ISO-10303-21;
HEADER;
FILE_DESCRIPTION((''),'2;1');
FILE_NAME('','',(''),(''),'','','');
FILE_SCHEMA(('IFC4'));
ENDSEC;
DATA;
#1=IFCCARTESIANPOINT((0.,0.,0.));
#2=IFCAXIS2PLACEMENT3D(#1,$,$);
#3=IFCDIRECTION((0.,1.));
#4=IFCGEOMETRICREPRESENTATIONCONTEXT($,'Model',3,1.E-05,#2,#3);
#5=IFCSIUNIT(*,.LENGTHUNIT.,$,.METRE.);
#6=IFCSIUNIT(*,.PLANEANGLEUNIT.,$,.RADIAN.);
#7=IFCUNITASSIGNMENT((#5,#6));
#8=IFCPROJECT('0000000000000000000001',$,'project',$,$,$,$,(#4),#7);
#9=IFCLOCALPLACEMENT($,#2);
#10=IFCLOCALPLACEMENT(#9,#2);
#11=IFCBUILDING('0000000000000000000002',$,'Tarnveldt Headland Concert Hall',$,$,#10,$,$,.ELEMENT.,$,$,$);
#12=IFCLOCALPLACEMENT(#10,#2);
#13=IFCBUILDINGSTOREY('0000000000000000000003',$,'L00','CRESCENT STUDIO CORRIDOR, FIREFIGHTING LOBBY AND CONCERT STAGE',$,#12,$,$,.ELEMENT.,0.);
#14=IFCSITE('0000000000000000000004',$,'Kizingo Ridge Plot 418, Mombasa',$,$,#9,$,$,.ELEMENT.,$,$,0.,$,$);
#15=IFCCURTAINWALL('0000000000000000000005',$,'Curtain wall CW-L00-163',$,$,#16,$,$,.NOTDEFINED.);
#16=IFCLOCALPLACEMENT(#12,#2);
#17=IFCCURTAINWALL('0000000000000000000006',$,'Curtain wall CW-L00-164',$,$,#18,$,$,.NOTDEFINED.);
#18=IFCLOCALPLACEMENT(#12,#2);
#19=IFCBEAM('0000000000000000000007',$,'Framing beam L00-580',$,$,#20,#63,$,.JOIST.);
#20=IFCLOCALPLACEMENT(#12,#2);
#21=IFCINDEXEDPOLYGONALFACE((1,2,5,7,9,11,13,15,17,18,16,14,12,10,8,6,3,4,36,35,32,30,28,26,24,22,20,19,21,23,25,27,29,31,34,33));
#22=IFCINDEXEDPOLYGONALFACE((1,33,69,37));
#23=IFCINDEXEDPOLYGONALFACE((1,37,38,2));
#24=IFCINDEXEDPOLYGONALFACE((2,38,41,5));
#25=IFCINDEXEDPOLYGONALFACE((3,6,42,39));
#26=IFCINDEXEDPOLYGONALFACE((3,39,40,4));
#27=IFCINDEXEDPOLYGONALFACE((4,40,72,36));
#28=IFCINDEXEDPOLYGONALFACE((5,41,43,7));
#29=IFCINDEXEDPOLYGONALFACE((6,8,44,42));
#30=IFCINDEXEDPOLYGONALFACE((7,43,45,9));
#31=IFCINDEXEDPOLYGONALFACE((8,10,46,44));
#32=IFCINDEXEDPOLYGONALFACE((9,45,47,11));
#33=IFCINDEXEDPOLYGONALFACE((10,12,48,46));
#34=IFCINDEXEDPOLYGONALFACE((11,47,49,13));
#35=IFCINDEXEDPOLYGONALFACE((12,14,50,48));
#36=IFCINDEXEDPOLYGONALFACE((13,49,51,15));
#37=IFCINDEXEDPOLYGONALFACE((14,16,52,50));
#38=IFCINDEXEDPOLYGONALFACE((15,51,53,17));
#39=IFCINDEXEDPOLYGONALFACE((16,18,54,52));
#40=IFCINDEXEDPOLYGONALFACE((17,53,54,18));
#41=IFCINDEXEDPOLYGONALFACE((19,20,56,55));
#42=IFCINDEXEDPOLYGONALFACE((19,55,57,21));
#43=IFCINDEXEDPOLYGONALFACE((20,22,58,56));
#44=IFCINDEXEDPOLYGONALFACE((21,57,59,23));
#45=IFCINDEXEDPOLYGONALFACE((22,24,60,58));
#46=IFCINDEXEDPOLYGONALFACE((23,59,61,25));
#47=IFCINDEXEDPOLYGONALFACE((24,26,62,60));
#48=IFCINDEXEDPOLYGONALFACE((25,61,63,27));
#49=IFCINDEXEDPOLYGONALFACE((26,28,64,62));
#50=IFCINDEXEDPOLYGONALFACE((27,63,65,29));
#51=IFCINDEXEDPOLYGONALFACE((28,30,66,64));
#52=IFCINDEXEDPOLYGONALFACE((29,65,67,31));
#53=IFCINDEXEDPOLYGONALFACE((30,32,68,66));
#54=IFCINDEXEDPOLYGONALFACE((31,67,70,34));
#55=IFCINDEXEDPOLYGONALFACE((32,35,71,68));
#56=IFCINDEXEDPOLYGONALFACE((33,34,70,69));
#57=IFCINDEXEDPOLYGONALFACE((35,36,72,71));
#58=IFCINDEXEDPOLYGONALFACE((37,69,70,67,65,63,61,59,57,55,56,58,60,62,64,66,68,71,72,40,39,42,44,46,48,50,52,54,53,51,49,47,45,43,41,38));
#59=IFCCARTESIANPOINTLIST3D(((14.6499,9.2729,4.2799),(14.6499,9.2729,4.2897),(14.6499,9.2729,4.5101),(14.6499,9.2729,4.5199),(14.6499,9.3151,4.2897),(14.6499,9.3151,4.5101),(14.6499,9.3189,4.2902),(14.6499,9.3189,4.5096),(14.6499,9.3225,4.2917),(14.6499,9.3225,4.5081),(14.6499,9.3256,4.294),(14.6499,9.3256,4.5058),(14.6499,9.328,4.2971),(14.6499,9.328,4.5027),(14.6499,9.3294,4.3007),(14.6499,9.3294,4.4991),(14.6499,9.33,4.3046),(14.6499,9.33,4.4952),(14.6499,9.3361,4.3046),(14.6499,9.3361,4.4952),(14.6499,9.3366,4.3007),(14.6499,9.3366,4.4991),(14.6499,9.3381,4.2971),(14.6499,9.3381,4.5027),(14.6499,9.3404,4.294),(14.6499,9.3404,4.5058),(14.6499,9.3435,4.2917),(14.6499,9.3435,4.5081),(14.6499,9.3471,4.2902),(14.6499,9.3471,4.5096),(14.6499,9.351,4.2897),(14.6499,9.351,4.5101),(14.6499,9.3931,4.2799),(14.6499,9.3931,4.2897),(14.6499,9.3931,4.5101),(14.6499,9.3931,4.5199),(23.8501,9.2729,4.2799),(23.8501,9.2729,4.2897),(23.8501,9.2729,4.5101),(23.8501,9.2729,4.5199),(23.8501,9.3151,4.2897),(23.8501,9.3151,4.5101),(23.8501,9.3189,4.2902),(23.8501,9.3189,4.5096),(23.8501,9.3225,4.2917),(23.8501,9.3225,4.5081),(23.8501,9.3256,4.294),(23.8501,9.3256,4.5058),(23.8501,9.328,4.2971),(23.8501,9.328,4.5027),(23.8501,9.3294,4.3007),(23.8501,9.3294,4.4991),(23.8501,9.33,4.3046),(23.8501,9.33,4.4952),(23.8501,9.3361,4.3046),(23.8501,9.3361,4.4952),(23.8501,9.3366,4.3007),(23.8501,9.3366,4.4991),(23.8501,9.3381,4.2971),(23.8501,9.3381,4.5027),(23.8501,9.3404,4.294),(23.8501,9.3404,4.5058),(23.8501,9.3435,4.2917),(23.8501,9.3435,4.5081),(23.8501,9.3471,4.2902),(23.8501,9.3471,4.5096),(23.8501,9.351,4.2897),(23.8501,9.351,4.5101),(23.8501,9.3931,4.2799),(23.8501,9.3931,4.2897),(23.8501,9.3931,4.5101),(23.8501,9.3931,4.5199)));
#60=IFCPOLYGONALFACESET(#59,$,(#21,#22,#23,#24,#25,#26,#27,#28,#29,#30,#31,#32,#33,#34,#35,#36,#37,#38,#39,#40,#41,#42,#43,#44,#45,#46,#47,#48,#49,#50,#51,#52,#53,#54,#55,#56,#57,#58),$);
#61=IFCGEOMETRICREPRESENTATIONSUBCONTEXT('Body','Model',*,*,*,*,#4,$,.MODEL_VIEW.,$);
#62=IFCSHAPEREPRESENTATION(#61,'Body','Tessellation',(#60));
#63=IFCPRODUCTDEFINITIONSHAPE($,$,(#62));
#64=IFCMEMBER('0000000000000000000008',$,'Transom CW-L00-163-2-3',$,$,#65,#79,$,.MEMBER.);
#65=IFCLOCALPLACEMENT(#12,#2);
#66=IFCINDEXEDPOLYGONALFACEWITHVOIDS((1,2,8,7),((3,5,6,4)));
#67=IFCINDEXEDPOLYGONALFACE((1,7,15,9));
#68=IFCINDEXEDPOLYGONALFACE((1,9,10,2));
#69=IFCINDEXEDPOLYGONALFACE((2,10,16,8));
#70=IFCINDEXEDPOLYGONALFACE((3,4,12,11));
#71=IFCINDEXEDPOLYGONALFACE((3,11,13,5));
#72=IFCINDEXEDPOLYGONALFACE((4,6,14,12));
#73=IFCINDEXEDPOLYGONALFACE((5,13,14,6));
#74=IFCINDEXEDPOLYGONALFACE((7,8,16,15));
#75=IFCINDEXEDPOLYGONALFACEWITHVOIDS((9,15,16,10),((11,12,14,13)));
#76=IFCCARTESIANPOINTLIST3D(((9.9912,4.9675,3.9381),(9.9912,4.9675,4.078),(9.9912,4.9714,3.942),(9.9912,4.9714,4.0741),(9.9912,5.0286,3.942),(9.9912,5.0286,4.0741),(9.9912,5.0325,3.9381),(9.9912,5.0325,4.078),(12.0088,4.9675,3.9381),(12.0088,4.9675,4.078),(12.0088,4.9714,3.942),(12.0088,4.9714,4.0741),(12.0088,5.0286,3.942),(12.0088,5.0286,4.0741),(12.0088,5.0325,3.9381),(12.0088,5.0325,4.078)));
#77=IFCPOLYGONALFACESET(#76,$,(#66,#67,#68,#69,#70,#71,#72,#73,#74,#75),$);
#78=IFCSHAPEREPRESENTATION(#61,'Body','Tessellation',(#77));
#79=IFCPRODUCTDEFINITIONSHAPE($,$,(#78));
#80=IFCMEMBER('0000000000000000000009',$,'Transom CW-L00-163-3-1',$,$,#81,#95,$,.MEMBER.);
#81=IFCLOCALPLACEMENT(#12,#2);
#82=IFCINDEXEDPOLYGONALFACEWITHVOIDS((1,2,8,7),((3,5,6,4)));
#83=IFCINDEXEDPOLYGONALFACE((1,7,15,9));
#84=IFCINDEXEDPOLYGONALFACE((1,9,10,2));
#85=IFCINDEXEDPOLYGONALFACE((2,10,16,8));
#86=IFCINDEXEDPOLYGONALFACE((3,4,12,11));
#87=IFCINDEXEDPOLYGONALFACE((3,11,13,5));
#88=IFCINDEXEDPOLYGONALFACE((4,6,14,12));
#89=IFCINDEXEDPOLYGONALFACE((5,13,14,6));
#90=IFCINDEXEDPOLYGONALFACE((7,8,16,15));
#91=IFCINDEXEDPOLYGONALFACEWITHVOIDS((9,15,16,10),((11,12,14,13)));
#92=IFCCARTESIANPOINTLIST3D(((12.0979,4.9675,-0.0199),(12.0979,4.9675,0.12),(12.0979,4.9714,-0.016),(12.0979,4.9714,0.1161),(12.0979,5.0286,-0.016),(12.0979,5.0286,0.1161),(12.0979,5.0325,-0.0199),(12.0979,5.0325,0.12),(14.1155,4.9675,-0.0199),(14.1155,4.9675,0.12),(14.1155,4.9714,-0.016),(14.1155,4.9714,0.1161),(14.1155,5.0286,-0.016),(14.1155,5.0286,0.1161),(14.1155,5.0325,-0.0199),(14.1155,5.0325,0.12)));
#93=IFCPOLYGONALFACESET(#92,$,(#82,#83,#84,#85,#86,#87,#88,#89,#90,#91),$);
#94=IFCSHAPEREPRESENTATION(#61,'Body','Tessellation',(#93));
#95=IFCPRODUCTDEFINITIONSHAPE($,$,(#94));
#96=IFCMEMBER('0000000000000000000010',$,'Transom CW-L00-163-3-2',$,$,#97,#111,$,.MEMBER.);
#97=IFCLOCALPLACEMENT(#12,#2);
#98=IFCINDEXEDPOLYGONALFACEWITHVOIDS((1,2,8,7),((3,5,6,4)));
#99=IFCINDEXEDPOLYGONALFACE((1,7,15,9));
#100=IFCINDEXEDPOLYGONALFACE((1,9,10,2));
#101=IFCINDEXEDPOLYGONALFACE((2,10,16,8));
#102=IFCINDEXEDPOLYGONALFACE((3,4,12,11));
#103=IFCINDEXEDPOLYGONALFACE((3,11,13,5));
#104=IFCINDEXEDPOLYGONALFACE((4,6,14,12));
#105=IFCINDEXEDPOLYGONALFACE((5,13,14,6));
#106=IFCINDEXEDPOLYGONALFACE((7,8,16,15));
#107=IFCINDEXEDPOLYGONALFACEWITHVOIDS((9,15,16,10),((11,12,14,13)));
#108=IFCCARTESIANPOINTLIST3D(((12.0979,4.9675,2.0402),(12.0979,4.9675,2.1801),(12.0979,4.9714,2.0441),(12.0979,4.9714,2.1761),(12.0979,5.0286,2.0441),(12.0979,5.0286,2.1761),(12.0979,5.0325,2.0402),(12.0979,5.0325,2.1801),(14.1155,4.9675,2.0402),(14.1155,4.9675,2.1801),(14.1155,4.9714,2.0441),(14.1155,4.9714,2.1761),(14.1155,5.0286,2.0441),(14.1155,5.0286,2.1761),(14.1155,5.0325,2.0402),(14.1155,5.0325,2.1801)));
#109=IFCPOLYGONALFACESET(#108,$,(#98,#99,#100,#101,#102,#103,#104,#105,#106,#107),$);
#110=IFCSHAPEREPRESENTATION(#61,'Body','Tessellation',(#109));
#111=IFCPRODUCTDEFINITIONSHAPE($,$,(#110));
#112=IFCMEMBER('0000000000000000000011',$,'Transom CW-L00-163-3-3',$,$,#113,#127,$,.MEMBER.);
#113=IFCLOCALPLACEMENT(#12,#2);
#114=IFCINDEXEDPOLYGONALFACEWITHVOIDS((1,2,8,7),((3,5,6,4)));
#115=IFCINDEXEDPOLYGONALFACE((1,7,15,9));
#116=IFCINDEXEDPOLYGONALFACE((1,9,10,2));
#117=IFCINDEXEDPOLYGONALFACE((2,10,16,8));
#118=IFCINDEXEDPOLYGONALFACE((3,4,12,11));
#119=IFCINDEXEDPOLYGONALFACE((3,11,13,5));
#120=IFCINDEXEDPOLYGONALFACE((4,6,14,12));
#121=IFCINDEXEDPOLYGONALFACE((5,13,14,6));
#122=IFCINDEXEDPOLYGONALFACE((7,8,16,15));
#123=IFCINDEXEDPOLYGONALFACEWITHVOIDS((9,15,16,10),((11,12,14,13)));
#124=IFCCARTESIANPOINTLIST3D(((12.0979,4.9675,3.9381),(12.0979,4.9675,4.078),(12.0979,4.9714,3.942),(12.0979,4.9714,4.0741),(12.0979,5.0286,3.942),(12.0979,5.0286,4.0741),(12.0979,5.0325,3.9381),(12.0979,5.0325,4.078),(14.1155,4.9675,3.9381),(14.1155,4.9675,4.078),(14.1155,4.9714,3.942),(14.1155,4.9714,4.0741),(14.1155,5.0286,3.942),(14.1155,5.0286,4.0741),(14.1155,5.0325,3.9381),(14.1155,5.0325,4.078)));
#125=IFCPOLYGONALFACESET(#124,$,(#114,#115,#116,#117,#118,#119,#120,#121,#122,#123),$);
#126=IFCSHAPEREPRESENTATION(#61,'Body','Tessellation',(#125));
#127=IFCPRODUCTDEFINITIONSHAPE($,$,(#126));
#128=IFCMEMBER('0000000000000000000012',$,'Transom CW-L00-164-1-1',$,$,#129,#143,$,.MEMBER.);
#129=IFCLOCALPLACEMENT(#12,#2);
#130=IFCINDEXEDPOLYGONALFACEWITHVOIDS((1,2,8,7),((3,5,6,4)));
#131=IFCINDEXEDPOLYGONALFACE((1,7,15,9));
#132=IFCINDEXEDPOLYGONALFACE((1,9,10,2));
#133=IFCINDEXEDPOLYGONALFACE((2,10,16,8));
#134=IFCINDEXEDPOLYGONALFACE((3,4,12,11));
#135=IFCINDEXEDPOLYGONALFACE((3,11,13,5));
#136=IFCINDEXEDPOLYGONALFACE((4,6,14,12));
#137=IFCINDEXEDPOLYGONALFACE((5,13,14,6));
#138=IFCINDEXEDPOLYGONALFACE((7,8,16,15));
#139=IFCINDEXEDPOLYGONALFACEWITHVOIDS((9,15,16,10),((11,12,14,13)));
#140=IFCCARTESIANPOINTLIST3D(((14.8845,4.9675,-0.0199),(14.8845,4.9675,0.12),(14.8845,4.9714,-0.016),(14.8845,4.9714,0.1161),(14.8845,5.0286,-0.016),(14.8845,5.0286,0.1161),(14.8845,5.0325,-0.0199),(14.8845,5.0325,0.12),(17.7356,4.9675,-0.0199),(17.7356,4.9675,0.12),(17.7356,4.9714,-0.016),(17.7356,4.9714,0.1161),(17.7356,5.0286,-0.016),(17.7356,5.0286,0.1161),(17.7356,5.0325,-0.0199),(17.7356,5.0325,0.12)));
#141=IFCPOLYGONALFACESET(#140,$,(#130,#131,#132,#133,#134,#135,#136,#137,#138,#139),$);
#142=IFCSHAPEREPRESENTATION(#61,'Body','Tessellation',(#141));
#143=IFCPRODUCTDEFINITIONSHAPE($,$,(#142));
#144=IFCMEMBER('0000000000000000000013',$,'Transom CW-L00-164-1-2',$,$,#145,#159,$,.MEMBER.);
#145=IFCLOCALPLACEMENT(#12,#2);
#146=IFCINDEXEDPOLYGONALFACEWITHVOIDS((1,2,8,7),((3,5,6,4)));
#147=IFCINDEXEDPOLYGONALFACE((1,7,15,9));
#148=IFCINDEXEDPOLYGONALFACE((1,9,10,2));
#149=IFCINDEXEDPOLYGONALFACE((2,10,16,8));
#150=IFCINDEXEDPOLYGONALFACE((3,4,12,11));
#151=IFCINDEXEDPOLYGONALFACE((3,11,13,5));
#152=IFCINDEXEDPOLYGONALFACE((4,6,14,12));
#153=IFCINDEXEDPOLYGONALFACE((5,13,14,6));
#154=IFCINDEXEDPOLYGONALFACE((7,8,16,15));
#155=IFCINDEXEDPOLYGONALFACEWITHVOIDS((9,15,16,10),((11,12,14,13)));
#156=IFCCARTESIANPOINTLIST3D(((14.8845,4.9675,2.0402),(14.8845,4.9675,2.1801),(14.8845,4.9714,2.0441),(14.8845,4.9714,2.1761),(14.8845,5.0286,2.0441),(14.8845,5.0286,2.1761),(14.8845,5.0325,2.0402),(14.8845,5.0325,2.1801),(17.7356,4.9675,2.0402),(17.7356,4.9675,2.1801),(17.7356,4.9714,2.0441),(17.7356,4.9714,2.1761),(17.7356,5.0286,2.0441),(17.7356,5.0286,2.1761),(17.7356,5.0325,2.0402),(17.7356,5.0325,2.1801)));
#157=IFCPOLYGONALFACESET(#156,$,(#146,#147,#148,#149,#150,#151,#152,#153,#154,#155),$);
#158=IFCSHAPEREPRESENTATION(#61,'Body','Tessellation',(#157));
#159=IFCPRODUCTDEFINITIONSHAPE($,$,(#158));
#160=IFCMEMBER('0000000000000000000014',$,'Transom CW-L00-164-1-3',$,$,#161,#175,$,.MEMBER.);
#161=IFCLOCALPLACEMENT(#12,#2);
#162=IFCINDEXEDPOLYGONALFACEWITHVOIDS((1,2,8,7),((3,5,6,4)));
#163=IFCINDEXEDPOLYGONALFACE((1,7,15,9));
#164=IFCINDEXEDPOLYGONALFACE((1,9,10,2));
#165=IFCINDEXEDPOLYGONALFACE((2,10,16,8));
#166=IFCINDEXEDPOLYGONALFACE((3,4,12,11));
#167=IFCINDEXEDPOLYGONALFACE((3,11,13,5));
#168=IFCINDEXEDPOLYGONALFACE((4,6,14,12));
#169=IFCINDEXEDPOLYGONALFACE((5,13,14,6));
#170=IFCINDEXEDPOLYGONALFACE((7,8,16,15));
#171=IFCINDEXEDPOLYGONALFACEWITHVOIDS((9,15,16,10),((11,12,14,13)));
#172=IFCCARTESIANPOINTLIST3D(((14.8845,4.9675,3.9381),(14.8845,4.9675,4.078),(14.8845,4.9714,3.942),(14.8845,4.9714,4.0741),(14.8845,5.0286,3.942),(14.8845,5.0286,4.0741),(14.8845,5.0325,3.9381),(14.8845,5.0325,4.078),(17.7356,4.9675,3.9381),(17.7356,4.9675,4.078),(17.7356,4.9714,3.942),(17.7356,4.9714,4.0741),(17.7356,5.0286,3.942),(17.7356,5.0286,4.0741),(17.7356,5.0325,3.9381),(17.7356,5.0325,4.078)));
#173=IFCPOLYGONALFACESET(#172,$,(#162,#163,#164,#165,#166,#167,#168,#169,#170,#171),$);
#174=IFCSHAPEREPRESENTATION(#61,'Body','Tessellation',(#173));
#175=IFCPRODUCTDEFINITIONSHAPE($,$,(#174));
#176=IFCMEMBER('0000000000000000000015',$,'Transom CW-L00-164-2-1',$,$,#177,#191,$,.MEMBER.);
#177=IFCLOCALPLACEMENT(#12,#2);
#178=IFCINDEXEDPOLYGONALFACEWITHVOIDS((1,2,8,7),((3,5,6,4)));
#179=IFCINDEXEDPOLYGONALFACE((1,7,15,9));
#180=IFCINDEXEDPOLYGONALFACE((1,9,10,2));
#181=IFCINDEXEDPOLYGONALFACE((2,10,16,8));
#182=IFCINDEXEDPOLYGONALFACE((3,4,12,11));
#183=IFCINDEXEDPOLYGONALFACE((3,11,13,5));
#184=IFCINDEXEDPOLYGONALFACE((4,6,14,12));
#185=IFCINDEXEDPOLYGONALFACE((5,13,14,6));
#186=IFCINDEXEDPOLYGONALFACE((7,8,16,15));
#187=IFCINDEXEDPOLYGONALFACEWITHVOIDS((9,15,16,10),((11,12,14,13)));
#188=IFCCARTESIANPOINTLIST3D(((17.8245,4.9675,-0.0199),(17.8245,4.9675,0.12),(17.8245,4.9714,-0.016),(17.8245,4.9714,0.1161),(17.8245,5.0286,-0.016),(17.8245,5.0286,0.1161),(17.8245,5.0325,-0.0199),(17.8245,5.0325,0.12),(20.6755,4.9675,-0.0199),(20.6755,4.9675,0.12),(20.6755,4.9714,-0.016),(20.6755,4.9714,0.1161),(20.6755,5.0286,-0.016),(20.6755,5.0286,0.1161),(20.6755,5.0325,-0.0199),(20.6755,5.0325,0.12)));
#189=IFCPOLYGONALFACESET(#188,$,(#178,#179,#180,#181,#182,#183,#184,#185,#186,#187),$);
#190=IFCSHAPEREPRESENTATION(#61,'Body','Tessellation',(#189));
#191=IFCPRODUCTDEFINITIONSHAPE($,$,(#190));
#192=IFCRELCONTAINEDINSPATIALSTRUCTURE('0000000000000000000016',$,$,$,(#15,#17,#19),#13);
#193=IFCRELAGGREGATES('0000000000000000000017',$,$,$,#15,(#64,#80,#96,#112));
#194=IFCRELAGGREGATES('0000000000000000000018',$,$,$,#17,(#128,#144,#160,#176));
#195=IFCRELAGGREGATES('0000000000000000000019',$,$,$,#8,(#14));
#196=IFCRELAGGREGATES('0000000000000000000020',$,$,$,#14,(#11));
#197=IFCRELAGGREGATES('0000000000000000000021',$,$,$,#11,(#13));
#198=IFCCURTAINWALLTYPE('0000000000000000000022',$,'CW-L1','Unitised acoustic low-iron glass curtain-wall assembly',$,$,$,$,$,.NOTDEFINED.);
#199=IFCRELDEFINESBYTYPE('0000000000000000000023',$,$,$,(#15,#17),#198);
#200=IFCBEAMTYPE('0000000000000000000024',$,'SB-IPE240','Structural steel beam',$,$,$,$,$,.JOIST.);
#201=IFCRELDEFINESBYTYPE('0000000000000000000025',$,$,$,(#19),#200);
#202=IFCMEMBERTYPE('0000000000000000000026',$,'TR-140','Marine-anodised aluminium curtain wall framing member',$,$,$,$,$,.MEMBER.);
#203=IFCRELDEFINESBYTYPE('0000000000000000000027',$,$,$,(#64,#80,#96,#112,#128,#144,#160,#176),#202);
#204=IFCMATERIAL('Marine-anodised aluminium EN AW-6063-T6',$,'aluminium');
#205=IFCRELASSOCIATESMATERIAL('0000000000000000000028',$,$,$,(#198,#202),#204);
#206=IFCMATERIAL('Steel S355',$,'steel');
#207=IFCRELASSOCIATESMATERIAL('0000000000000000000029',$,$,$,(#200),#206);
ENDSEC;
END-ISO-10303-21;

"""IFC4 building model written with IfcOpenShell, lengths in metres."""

from ifc_helpers import new_model, si_unit, direction, frame, origin, origin_2d, place, context, subcontext, project, spatial, hollow_rectangle, i_section, extrude, material, material_profile, profile_set, type_object, element, aggregate, save


model = new_model("IFC4")

# Units and contexts
model_context = context("Model", 3, precision=1e-05, world=origin(), true_north=direction((0.0, 1.0)))
body_context = subcontext(model_context, "Body", "Model", "MODEL_VIEW")
ifc_project = project(units=[si_unit("LENGTHUNIT", "METRE"), si_unit("PLANEANGLEUNIT", "RADIAN")], contexts=[model_context])

# Site, building, storey
site_placement = place(None, origin())
site = spatial("IfcSite", under=ifc_project, at=site_placement, Name="Kizingo Ridge Plot 418, Mombasa", CompositionType="ELEMENT", RefElevation=0.0)
building_placement = place(site_placement, origin())
building = spatial("IfcBuilding", under=site, at=building_placement, Name="Tarnveldt Headland Concert Hall", CompositionType="ELEMENT")
storey_placement = place(building_placement, origin())
storey = spatial("IfcBuildingStorey", under=building, at=storey_placement, Name="L00", Description="CRESCENT STUDIO CORRIDOR, FIREFIGHTING LOBBY AND CONCERT STAGE", CompositionType="ELEMENT", Elevation=0.0)

# Curtain walls
ifc_material_1 = material(Name="Marine-anodised aluminium EN AW-6063-T6", Category="aluminium")
curtain_wall_type = type_object("IfcCurtainWallType", Name="CW-L1", Description="Unitised acoustic low-iron glass curtain-wall assembly", PredefinedType="NOTDEFINED", material=ifc_material_1)
curtain_wall_1_placement = place(storey_placement, origin())
curtain_wall_1 = element("IfcCurtainWall", 1, at=curtain_wall_1_placement, inside=storey, type_object=curtain_wall_type, Name="Curtain wall CW-L00-163", PredefinedType="NOTDEFINED")
curtain_wall_2_placement = place(storey_placement, origin())
curtain_wall_2 = element("IfcCurtainWall", 2, at=curtain_wall_2_placement, inside=storey, type_object=curtain_wall_type, Name="Curtain wall CW-L00-164", PredefinedType="NOTDEFINED")

# Beam
ifc_material_2 = material(Name="Steel S355", Category="steel")
ifc_material_profile_1 = material_profile(ifc_material_2, i_section(OverallWidth=0.1201, OverallDepth=0.24, WebThickness=0.0061, FlangeThickness=0.0098, FilletRadius=0.0149, at=origin_2d()), Name="IPE240", Category="steel")
ifc_profile_set_1 = profile_set([ifc_material_profile_1], Name="Steel S355")
beam_type_1 = type_object("IfcBeamType", Name="SB-IPE240", Description="Structural steel beam", PredefinedType="JOIST", material=ifc_profile_set_1)
for number, where, z_axis, x_axis, name in (
    (3, (14.6499, 9.333, 4.3999), (1.0, 0.0, 0.0), (0.0, 1.0, 0.0), "Framing beam L00-580"),
):
    element("IfcBeam", number, at=place(storey_placement, frame(where, z_axis=z_axis, x_axis=x_axis)), inside=storey, type_object=beam_type_1, Name=name, PredefinedType="JOIST", context=body_context, shape_type="SweptSolid", body=[
        extrude(i_section(OverallWidth=0.1201, OverallDepth=0.24, WebThickness=0.0061, FlangeThickness=0.0098, FilletRadius=0.0149, at=origin_2d()), origin(), (0.0, 0.0, 1.0), 9.2002),
    ])

# Members
ifc_material_profile_2 = material_profile(ifc_material_1, hollow_rectangle(XDim=0.0649, YDim=0.1399, WallThickness=0.0039, at=origin_2d()), Name="ALU TRANSOM 65x140x4", Category="aluminium")
ifc_profile_set_2 = profile_set([ifc_material_profile_2], Name="Marine-anodised aluminium EN AW-6063-T6")
member_type_1 = type_object("IfcMemberType", Name="TR-140", Description="Marine-anodised aluminium curtain wall framing member", PredefinedType="MEMBER", material=ifc_profile_set_2)
member_1_placement = place(storey_placement, frame((9.9912, 5.0, 4.0081), z_axis=(1.0, 0.0, 0.0), x_axis=(0.0, 1.0, 0.0)))
member_1 = element("IfcMember", 4, at=member_1_placement, type_object=member_type_1, Name="Transom CW-L00-163-2-3", PredefinedType="MEMBER", context=body_context, shape_type="SweptSolid", body=[
    extrude(hollow_rectangle(XDim=0.0649, YDim=0.1399, WallThickness=0.0039, at=origin_2d()), origin(), (0.0, 0.0, 1.0), 2.0176),
])
member_2_placement = place(storey_placement, frame((12.0979, 5.0, 0.05), z_axis=(1.0, 0.0, 0.0), x_axis=(0.0, 1.0, 0.0)))
member_2 = element("IfcMember", 5, at=member_2_placement, type_object=member_type_1, Name="Transom CW-L00-163-3-1", PredefinedType="MEMBER", context=body_context, shape_type="SweptSolid", body=[
    extrude(hollow_rectangle(XDim=0.0649, YDim=0.1399, WallThickness=0.0039, at=origin_2d()), origin(), (0.0, 0.0, 1.0), 2.0176),
])
member_3_placement = place(storey_placement, frame((12.0979, 5.0, 2.1101), z_axis=(1.0, 0.0, 0.0), x_axis=(0.0, 1.0, 0.0)))
member_3 = element("IfcMember", 6, at=member_3_placement, type_object=member_type_1, Name="Transom CW-L00-163-3-2", PredefinedType="MEMBER", context=body_context, shape_type="SweptSolid", body=[
    extrude(hollow_rectangle(XDim=0.0649, YDim=0.1399, WallThickness=0.0039, at=origin_2d()), origin(), (0.0, 0.0, 1.0), 2.0176),
])
member_4_placement = place(storey_placement, frame((12.0979, 5.0, 4.0081), z_axis=(1.0, 0.0, 0.0), x_axis=(0.0, 1.0, 0.0)))
member_4 = element("IfcMember", 7, at=member_4_placement, type_object=member_type_1, Name="Transom CW-L00-163-3-3", PredefinedType="MEMBER", context=body_context, shape_type="SweptSolid", body=[
    extrude(hollow_rectangle(XDim=0.0649, YDim=0.1399, WallThickness=0.0039, at=origin_2d()), origin(), (0.0, 0.0, 1.0), 2.0176),
])
member_5_placement = place(storey_placement, frame((14.8845, 5.0, 0.05), z_axis=(1.0, 0.0, 0.0), x_axis=(0.0, 1.0, 0.0)))
member_5 = element("IfcMember", 8, at=member_5_placement, type_object=member_type_1, Name="Transom CW-L00-164-1-1", PredefinedType="MEMBER", context=body_context, shape_type="SweptSolid", body=[
    extrude(hollow_rectangle(XDim=0.0649, YDim=0.1399, WallThickness=0.0039, at=origin_2d()), origin(), (0.0, 0.0, 1.0), 2.8511),
])
member_6_placement = place(storey_placement, frame((14.8845, 5.0, 2.1101), z_axis=(1.0, 0.0, 0.0), x_axis=(0.0, 1.0, 0.0)))
member_6 = element("IfcMember", 9, at=member_6_placement, type_object=member_type_1, Name="Transom CW-L00-164-1-2", PredefinedType="MEMBER", context=body_context, shape_type="SweptSolid", body=[
    extrude(hollow_rectangle(XDim=0.0649, YDim=0.1399, WallThickness=0.0039, at=origin_2d()), origin(), (0.0, 0.0, 1.0), 2.8511),
])
member_7_placement = place(storey_placement, frame((14.8845, 5.0, 4.0081), z_axis=(1.0, 0.0, 0.0), x_axis=(0.0, 1.0, 0.0)))
member_7 = element("IfcMember", 10, at=member_7_placement, type_object=member_type_1, Name="Transom CW-L00-164-1-3", PredefinedType="MEMBER", context=body_context, shape_type="SweptSolid", body=[
    extrude(hollow_rectangle(XDim=0.0649, YDim=0.1399, WallThickness=0.0039, at=origin_2d()), origin(), (0.0, 0.0, 1.0), 2.8511),
])
member_8_placement = place(storey_placement, frame((17.8245, 5.0, 0.05), z_axis=(1.0, 0.0, 0.0), x_axis=(0.0, 1.0, 0.0)))
member_8 = element("IfcMember", 11, at=member_8_placement, type_object=member_type_1, Name="Transom CW-L00-164-2-1", PredefinedType="MEMBER", context=body_context, shape_type="SweptSolid", body=[
    extrude(hollow_rectangle(XDim=0.0649, YDim=0.1399, WallThickness=0.0039, at=origin_2d()), origin(), (0.0, 0.0, 1.0), 2.8511),
])

aggregate(curtain_wall_1, [member_1, member_2, member_3, member_4])
aggregate(curtain_wall_2, [member_5, member_6, member_7, member_8])

save(model, "model.ifc")
